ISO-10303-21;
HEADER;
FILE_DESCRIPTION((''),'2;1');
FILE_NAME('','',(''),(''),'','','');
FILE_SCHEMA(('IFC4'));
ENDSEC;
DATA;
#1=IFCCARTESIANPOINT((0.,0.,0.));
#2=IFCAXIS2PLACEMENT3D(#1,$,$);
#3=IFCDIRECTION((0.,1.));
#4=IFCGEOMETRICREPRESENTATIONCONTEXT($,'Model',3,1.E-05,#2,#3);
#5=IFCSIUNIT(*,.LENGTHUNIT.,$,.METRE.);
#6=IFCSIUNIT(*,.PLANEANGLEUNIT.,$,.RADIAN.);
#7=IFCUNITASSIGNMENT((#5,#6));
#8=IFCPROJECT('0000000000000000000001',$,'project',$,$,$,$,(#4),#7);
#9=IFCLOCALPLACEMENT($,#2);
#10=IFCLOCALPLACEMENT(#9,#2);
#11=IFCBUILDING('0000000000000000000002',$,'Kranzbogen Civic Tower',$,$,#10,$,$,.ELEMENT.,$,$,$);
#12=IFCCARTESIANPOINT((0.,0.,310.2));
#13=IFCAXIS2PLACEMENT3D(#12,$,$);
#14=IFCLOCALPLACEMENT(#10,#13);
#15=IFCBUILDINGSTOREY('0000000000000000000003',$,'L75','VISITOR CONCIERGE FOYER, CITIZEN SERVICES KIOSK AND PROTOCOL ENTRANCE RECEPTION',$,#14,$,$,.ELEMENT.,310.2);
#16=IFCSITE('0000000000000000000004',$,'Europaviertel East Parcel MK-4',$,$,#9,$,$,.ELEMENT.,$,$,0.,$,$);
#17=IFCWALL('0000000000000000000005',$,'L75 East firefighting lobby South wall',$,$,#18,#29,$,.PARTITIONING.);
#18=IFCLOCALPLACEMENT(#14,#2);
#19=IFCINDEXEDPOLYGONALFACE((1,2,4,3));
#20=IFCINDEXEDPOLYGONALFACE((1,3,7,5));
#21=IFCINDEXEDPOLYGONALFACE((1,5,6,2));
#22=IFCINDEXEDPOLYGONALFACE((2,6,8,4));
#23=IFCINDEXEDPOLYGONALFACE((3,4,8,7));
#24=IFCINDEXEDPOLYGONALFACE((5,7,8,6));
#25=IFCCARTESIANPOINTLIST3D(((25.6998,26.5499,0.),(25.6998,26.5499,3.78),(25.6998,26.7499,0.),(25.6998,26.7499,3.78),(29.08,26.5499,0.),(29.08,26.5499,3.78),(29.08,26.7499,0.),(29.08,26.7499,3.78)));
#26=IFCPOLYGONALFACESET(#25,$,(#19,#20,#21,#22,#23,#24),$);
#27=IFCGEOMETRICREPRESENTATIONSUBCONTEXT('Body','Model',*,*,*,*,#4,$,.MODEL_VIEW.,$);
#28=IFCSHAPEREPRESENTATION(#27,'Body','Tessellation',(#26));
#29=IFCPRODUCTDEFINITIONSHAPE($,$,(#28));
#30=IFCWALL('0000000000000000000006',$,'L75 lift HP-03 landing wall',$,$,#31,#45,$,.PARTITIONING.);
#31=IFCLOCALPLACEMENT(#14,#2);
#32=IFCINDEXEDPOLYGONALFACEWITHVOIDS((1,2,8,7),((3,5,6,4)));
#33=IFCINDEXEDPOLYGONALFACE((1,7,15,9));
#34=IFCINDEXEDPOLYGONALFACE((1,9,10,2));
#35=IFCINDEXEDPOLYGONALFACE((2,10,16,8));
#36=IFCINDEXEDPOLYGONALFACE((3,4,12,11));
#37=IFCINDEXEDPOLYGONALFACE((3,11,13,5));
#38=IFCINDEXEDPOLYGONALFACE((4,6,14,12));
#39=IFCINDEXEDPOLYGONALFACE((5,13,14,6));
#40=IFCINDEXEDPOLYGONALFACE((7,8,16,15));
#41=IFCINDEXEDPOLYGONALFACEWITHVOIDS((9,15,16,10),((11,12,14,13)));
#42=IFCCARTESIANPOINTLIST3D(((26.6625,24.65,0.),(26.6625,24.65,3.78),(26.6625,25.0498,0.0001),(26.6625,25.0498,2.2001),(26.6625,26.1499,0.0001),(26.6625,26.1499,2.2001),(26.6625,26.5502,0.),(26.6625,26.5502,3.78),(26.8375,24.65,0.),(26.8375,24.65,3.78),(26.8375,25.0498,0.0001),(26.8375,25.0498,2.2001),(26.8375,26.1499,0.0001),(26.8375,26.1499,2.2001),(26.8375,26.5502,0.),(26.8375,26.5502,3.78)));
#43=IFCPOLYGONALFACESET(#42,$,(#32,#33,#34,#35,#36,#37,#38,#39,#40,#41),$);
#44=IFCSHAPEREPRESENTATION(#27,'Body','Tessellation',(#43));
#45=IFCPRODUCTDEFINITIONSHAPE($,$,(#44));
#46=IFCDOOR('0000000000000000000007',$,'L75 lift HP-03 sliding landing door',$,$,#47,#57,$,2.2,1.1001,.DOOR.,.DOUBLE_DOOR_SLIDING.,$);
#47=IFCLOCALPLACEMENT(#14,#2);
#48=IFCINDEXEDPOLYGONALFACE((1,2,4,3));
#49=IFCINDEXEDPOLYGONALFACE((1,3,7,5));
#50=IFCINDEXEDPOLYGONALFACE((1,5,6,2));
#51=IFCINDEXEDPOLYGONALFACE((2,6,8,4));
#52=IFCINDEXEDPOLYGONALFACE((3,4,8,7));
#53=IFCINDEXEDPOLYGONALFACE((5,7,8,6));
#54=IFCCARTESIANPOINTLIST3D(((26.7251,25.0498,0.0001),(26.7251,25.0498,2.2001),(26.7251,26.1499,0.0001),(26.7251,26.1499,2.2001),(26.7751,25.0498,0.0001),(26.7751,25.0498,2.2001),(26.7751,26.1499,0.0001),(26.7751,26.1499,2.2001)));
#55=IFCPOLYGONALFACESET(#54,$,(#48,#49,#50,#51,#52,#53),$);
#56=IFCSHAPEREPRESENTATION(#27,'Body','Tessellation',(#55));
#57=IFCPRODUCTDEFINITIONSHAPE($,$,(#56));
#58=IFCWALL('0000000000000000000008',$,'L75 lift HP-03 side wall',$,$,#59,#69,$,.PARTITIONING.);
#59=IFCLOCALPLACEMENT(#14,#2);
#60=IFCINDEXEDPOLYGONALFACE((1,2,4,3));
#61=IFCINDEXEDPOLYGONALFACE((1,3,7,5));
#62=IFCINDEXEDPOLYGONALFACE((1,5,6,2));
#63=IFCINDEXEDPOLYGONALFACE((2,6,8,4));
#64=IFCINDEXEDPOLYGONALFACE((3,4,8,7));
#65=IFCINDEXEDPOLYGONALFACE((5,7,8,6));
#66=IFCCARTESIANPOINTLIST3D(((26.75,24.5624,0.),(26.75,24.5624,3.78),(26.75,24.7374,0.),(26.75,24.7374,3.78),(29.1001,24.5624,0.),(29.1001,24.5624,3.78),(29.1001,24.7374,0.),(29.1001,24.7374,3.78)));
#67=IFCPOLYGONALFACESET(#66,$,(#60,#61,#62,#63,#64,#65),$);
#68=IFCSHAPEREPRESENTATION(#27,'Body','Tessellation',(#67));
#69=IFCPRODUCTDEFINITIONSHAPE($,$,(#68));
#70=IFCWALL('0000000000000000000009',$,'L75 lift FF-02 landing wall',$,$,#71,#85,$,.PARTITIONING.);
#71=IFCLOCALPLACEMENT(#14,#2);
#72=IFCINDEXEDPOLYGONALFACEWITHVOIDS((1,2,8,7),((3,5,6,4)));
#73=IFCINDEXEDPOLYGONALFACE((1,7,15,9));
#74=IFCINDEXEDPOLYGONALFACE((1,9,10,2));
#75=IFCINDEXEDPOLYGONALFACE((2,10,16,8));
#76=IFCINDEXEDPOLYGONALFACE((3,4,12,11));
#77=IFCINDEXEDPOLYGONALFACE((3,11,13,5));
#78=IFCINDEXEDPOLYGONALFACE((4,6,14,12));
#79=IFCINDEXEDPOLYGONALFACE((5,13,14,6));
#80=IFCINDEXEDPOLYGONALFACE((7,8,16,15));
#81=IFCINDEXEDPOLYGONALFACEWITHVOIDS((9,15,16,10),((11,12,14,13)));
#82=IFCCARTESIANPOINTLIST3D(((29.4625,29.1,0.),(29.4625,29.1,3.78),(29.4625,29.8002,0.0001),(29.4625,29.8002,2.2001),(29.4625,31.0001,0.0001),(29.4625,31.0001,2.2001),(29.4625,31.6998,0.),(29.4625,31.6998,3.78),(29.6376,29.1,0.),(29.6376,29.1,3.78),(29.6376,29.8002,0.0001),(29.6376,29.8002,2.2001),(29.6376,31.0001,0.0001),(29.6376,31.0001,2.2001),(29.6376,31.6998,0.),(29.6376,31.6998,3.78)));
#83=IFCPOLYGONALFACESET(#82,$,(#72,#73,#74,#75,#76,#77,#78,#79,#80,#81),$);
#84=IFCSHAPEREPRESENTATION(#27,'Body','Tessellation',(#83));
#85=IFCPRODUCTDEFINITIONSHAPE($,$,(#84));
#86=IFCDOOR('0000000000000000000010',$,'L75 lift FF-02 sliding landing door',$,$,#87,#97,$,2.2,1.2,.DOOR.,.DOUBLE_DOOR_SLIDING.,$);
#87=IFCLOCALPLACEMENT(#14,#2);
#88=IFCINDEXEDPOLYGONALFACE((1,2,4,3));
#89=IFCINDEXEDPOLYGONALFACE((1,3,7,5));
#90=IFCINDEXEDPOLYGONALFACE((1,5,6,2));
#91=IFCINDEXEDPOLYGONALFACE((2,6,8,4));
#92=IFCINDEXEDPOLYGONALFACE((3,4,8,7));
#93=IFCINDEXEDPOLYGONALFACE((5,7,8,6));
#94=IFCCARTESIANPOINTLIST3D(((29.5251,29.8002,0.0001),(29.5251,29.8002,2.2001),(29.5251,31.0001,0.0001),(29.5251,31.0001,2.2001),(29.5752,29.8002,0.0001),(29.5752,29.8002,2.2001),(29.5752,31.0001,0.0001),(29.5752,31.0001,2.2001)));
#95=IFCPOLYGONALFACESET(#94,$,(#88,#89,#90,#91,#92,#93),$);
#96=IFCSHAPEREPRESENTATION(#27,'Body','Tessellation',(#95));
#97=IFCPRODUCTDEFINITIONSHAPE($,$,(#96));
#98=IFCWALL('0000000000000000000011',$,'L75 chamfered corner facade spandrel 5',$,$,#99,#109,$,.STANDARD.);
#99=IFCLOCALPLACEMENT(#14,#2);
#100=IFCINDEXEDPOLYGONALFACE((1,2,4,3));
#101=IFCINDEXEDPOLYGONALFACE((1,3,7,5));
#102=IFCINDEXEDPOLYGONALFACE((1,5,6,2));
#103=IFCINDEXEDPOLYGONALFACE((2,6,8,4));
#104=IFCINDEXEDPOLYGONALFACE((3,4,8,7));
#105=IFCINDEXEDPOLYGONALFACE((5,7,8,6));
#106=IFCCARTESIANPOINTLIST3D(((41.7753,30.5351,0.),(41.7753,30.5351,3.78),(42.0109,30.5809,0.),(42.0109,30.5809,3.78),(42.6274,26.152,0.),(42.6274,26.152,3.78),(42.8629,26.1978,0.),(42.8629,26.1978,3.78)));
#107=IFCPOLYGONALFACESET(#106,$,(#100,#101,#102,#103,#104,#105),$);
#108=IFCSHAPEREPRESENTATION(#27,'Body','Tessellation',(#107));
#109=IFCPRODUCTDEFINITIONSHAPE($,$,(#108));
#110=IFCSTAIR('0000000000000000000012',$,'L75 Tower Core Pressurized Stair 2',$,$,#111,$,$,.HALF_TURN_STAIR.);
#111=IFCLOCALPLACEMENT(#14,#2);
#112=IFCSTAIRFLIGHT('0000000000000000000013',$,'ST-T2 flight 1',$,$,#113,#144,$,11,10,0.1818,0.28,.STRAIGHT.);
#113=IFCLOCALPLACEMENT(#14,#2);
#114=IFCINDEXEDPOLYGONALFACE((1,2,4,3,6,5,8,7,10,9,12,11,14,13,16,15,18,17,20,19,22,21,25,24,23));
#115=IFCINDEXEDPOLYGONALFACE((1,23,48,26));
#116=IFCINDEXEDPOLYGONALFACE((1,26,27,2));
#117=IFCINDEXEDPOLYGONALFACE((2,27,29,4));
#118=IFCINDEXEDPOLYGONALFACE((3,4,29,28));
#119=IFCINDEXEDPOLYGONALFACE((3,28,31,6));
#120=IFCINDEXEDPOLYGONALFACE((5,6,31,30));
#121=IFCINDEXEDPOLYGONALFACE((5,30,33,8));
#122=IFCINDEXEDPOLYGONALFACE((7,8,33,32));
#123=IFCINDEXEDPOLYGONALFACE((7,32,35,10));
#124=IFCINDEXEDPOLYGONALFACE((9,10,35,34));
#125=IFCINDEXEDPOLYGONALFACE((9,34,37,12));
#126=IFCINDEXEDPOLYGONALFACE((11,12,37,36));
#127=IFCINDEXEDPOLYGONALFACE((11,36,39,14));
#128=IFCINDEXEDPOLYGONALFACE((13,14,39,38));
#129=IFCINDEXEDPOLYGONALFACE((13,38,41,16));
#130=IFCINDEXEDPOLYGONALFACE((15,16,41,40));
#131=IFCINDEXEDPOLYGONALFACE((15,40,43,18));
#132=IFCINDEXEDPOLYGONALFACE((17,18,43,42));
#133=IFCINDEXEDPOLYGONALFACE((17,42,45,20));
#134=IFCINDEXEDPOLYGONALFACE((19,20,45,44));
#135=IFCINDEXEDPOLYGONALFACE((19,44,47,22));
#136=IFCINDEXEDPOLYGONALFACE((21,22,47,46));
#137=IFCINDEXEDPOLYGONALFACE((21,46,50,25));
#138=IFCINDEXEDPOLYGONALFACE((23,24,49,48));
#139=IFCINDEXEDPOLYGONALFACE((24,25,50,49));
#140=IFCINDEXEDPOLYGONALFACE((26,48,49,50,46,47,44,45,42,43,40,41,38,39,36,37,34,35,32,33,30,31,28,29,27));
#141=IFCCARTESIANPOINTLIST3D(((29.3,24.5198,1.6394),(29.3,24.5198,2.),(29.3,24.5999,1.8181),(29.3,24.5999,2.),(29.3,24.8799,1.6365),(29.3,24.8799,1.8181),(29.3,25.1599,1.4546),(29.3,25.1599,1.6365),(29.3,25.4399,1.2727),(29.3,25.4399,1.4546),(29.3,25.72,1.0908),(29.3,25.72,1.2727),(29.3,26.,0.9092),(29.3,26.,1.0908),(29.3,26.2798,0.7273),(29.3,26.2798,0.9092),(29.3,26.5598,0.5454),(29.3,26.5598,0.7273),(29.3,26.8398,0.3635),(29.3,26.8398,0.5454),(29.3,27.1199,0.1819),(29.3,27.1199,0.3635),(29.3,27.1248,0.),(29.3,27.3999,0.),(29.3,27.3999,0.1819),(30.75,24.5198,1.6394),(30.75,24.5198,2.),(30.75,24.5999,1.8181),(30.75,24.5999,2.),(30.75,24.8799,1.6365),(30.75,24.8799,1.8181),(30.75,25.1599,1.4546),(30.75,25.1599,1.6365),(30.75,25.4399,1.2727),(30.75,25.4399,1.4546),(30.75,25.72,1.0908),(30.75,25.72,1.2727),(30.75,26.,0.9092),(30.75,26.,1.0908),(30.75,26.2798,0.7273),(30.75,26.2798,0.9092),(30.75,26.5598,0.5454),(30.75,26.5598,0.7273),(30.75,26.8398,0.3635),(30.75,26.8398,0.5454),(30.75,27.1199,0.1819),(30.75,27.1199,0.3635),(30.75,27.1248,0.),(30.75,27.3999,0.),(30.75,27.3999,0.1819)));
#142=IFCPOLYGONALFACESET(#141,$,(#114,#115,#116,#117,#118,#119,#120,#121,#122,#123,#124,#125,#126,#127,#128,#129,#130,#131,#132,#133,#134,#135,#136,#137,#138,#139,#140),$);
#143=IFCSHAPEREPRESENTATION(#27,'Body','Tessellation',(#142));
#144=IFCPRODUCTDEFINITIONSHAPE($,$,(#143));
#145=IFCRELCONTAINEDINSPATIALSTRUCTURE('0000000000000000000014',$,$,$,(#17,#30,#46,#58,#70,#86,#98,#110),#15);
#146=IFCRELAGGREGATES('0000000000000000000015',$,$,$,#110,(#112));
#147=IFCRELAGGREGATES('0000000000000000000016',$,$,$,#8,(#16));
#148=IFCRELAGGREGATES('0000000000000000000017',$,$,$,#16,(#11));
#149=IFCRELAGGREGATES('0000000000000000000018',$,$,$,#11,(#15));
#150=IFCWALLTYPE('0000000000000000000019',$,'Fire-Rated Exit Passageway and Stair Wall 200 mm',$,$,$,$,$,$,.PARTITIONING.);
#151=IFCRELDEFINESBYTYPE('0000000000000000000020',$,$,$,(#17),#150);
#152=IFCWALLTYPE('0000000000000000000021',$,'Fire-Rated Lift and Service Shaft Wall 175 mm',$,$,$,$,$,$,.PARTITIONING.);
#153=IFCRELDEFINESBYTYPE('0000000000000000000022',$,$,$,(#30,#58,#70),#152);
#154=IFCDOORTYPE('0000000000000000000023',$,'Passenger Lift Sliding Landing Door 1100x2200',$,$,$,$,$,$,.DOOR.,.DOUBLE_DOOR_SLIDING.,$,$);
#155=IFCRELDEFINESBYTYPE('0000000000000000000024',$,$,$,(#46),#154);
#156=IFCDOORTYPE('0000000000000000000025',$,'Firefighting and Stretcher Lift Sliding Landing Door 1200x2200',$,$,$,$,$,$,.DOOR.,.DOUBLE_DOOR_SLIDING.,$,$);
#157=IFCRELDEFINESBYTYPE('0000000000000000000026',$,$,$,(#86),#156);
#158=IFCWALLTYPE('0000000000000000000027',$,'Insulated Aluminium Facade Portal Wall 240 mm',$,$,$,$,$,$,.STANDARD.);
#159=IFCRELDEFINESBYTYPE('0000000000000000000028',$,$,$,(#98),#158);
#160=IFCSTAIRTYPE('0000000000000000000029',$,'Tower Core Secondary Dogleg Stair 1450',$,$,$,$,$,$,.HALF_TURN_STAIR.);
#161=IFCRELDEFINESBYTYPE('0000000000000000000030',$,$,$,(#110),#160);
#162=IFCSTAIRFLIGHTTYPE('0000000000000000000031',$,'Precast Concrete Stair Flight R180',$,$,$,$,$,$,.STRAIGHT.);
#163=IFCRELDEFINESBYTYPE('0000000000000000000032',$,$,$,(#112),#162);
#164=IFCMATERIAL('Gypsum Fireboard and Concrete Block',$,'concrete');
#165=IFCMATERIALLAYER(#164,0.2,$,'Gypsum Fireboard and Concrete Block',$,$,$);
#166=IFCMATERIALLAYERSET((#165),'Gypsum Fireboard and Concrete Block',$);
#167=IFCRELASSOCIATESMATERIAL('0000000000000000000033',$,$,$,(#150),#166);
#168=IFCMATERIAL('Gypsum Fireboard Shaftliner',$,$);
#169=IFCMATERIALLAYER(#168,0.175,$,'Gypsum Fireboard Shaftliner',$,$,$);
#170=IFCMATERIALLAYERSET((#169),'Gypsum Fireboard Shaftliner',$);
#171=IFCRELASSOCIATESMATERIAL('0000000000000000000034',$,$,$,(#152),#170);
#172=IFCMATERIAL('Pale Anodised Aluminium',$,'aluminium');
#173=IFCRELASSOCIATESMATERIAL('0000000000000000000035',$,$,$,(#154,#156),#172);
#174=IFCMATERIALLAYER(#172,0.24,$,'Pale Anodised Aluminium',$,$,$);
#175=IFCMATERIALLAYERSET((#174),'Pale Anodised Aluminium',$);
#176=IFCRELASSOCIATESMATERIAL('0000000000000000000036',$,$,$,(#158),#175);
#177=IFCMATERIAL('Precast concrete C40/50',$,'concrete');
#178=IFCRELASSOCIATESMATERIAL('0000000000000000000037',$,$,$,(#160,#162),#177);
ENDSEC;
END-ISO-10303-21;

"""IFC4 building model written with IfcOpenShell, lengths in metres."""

from ifc_helpers import new_model, si_unit, direction, frame, frame_2d, origin, place, context, subcontext, project, spatial, polyline, rectangle, outline, extrude, material, layer, layer_set, type_object, element, fill, aggregate, save


model = new_model("IFC4")

# Units and contexts
model_context = context("Model", 3, precision=1e-05, world=origin(), true_north=direction((0.0, 1.0)))
body_context = subcontext(model_context, "Body", "Model", "MODEL_VIEW")
ifc_project = project(units=[si_unit("LENGTHUNIT", "METRE"), si_unit("PLANEANGLEUNIT", "RADIAN")], contexts=[model_context])

# Site, building, storey
site_placement = place(None, origin())
site = spatial("IfcSite", under=ifc_project, at=site_placement, Name="Europaviertel East Parcel MK-4", CompositionType="ELEMENT", RefElevation=0.0)
building_placement = place(site_placement, origin())
building = spatial("IfcBuilding", under=site, at=building_placement, Name="Kranzbogen Civic Tower", CompositionType="ELEMENT")
storey_placement = place(building_placement, frame((0.0, 0.0, 310.2)))
storey = spatial("IfcBuildingStorey", under=building, at=storey_placement, Name="L75", Description="VISITOR CONCIERGE FOYER, CITIZEN SERVICES KIOSK AND PROTOCOL ENTRANCE RECEPTION", CompositionType="ELEMENT", Elevation=310.2)

# Shared definitions
ifc_material_1 = material(Name="Pale Anodised Aluminium", Category="aluminium")

# Wall
ifc_material_2 = material(Name="Gypsum Fireboard and Concrete Block", Category="concrete")
ifc_layer_1 = layer(ifc_material_2, 0.2, Name="Gypsum Fireboard and Concrete Block")
ifc_layer_set_1 = layer_set([ifc_layer_1], Name="Gypsum Fireboard and Concrete Block")
wall_type_1 = type_object("IfcWallType", Name="Fire-Rated Exit Passageway and Stair Wall 200 mm", PredefinedType="PARTITIONING", material=ifc_layer_set_1)
wall_1_placement = place(storey_placement, frame((25.7, 26.6499, 0.0), z_axis=(0.0, 0.0, 1.0), x_axis=(1.0, 0.0, 0.0)))
element("IfcWall", 1, at=wall_1_placement, inside=storey, type_object=wall_type_1, Name="L75 East firefighting lobby South wall", PredefinedType="PARTITIONING", context=body_context, shape_type="SweptSolid", body=[
    extrude(rectangle(XDim=3.3801, YDim=0.2, at=frame_2d((1.6899, 0.0))), origin(), (0.0, 0.0, 1.0), 3.78),
])

# Wall, opening, door
ifc_material_3 = material(Name="Gypsum Fireboard Shaftliner")
ifc_layer_2 = layer(ifc_material_3, 0.175, Name="Gypsum Fireboard Shaftliner")
ifc_layer_set_2 = layer_set([ifc_layer_2], Name="Gypsum Fireboard Shaftliner")
wall_type_2 = type_object("IfcWallType", Name="Fire-Rated Lift and Service Shaft Wall 175 mm", PredefinedType="PARTITIONING", material=ifc_layer_set_2)
wall_2_placement = place(storey_placement, frame((26.75, 24.6499, 0.0), z_axis=(0.0, 0.0, 1.0), x_axis=(0.0, 1.0, 0.0)))
wall_2 = element("IfcWall", 2, at=wall_2_placement, inside=storey, type_object=wall_type_2, Name="L75 lift HP-03 landing wall", PredefinedType="PARTITIONING", context=body_context, shape_type="SweptSolid", body=[
    extrude(rectangle(XDim=1.9001, YDim=0.175, at=frame_2d((0.9502, 0.0))), origin(), (0.0, 0.0, 1.0), 3.78),
])
opening_1_placement = place(wall_2_placement, frame((0.3999, 0.0, 0.0)))
opening_1 = element("IfcOpeningElement", 3, at=opening_1_placement, cuts=wall_2, PredefinedType="OPENING", context=body_context, shape_type="SweptSolid", body=[
    extrude(rectangle(XDim=1.1001, YDim=2.2, at=frame_2d((0.55, 1.1001))), frame((0.0, 0.0977, 0.0), z_axis=(0.0, -1.0, 0.0), x_axis=(1.0, 0.0, 0.0)), (0.0, 0.0, 1.0), 0.1951),
])
door_type_1 = type_object("IfcDoorType", Name="Passenger Lift Sliding Landing Door 1100x2200", OperationType="DOUBLE_DOOR_SLIDING", PredefinedType="DOOR", material=ifc_material_1)
door_1_placement = place(opening_1_placement, origin())
door_1 = element("IfcDoor", 4, at=door_1_placement, inside=storey, type_object=door_type_1, Name="L75 lift HP-03 sliding landing door", OperationType="DOUBLE_DOOR_SLIDING", OverallHeight=2.2, OverallWidth=1.1001, PredefinedType="DOOR", context=body_context, shape_type="SweptSolid", body=[
    extrude(rectangle(XDim=1.1001, YDim=2.2, at=frame_2d((0.55, 1.1001))), frame((0.0, 0.0249, 0.0), z_axis=(0.0, -1.0, 0.0), x_axis=(1.0, 0.0, 0.0)), (0.0, 0.0, 1.0), 0.05),
])
fill(opening_1, door_1)

# Wall
wall_3_placement = place(storey_placement, frame((26.75, 24.6499, 0.0), z_axis=(0.0, 0.0, 1.0), x_axis=(1.0, 0.0, 0.0)))
element("IfcWall", 5, at=wall_3_placement, inside=storey, type_object=wall_type_2, Name="L75 lift HP-03 side wall", PredefinedType="PARTITIONING", context=body_context, shape_type="SweptSolid", body=[
    extrude(rectangle(XDim=2.3501, YDim=0.175, at=frame_2d((1.175, 0.0))), origin(), (0.0, 0.0, 1.0), 3.78),
])

# Wall, opening, door
wall_4_placement = place(storey_placement, frame((29.55, 29.1001, 0.0), z_axis=(0.0, 0.0, 1.0), x_axis=(0.0, 1.0, 0.0)))
wall_4 = element("IfcWall", 6, at=wall_4_placement, inside=storey, type_object=wall_type_2, Name="L75 lift FF-02 landing wall", PredefinedType="PARTITIONING", context=body_context, shape_type="SweptSolid", body=[
    extrude(rectangle(XDim=2.5999, YDim=0.175, at=frame_2d((1.2998, 0.0))), origin(), (0.0, 0.0, 1.0), 3.78),
])
opening_2_placement = place(wall_4_placement, frame((0.7, 0.0, 0.0)))
opening_2 = element("IfcOpeningElement", 7, at=opening_2_placement, cuts=wall_4, PredefinedType="OPENING", context=body_context, shape_type="SweptSolid", body=[
    extrude(rectangle(XDim=1.2, YDim=2.2, at=frame_2d((0.6001, 1.1001))), frame((0.0, 0.0977, 0.0), z_axis=(0.0, -1.0, 0.0), x_axis=(1.0, 0.0, 0.0)), (0.0, 0.0, 1.0), 0.1951),
])
door_type_2 = type_object("IfcDoorType", Name="Firefighting and Stretcher Lift Sliding Landing Door 1200x2200", OperationType="DOUBLE_DOOR_SLIDING", PredefinedType="DOOR", material=ifc_material_1)
door_2_placement = place(opening_2_placement, origin())
door_2 = element("IfcDoor", 8, at=door_2_placement, inside=storey, type_object=door_type_2, Name="L75 lift FF-02 sliding landing door", OperationType="DOUBLE_DOOR_SLIDING", OverallHeight=2.2, OverallWidth=1.2, PredefinedType="DOOR", context=body_context, shape_type="SweptSolid", body=[
    extrude(rectangle(XDim=1.2, YDim=2.2, at=frame_2d((0.6001, 1.1001))), frame((0.0, 0.0249, 0.0), z_axis=(0.0, -1.0, 0.0), x_axis=(1.0, 0.0, 0.0)), (0.0, 0.0, 1.0), 0.05),
])
fill(opening_2, door_2)

# Wall
ifc_layer_3 = layer(ifc_material_1, 0.24, Name="Pale Anodised Aluminium")
ifc_layer_set_3 = layer_set([ifc_layer_3], Name="Pale Anodised Aluminium")
wall_type_3 = type_object("IfcWallType", Name="Insulated Aluminium Facade Portal Wall 240 mm", PredefinedType="STANDARD", material=ifc_layer_set_3)
wall_5_placement = place(storey_placement, frame((42.7451, 26.175, 0.0), z_axis=(0.0, 0.0, 1.0), x_axis=(-0.190824, 0.981624, 0.0)))
element("IfcWall", 9, at=wall_5_placement, inside=storey, type_object=wall_type_3, Name="L75 chamfered corner facade spandrel 5", PredefinedType="STANDARD", context=body_context, shape_type="SweptSolid", body=[
    extrude(rectangle(XDim=4.4651, YDim=0.24, at=frame_2d((2.2324, 0.0))), origin(), (0.0, 0.0, 1.0), 3.78),
])

# Stair, stair flight
ifc_material_4 = material(Name="Precast concrete C40/50", Category="concrete")
stair_type = type_object("IfcStairType", Name="Tower Core Secondary Dogleg Stair 1450", PredefinedType="HALF_TURN_STAIR", material=ifc_material_4)
stair_placement = place(storey_placement, origin())
stair = element("IfcStair", 10, at=stair_placement, inside=storey, type_object=stair_type, Name="L75 Tower Core Pressurized Stair 2", PredefinedType="HALF_TURN_STAIR")
stair_flight_type = type_object("IfcStairFlightType", Name="Precast Concrete Stair Flight R180", PredefinedType="STRAIGHT", material=ifc_material_4)
stair_flight_1_placement = place(storey_placement, frame((30.0249, 27.3999, 0.0), z_axis=(0.0, 0.0, 1.0), x_axis=(0.0, -1.0, 0.0)))
stair_flight_1 = element("IfcStairFlight", 11, at=stair_flight_1_placement, type_object=stair_flight_type, Name="ST-T2 flight 1", NumberOfRisers=11, NumberOfTreads=10, PredefinedType="STRAIGHT", RiserHeight=0.1818, TreadLength=0.28, context=body_context, shape_type="SweptSolid", body=[
    extrude(outline(polyline([(0.0, 0.0), (0.0, 0.1819), (0.28, 0.1819), (0.28, 0.3635), (0.5601, 0.3635), (0.5601, 0.5454), (0.8401, 0.5454), (0.8401, 0.7273), (1.1201, 0.7273), (1.1201, 0.9092), (1.3999, 0.9092), (1.3999, 1.0908), (1.6799, 1.0908), (1.6799, 1.2727), (1.96, 1.2727), (1.96, 1.4546), (2.24, 1.4546), (2.24, 1.6365), (2.52, 1.6365), (2.52, 1.8181), (2.8, 1.8181), (2.8, 2.0), (2.8801, 2.0), (2.8801, 1.6394), (0.2751, 0.0), (0.0, 0.0)])), frame((0.0, 0.7251, 0.0), z_axis=(0.0, -1.0, 0.0), x_axis=(1.0, 0.0, 0.0)), (0.0, 0.0, 1.0), 1.45),
])
aggregate(stair, [stair_flight_1])

save(model, "model.ifc")
